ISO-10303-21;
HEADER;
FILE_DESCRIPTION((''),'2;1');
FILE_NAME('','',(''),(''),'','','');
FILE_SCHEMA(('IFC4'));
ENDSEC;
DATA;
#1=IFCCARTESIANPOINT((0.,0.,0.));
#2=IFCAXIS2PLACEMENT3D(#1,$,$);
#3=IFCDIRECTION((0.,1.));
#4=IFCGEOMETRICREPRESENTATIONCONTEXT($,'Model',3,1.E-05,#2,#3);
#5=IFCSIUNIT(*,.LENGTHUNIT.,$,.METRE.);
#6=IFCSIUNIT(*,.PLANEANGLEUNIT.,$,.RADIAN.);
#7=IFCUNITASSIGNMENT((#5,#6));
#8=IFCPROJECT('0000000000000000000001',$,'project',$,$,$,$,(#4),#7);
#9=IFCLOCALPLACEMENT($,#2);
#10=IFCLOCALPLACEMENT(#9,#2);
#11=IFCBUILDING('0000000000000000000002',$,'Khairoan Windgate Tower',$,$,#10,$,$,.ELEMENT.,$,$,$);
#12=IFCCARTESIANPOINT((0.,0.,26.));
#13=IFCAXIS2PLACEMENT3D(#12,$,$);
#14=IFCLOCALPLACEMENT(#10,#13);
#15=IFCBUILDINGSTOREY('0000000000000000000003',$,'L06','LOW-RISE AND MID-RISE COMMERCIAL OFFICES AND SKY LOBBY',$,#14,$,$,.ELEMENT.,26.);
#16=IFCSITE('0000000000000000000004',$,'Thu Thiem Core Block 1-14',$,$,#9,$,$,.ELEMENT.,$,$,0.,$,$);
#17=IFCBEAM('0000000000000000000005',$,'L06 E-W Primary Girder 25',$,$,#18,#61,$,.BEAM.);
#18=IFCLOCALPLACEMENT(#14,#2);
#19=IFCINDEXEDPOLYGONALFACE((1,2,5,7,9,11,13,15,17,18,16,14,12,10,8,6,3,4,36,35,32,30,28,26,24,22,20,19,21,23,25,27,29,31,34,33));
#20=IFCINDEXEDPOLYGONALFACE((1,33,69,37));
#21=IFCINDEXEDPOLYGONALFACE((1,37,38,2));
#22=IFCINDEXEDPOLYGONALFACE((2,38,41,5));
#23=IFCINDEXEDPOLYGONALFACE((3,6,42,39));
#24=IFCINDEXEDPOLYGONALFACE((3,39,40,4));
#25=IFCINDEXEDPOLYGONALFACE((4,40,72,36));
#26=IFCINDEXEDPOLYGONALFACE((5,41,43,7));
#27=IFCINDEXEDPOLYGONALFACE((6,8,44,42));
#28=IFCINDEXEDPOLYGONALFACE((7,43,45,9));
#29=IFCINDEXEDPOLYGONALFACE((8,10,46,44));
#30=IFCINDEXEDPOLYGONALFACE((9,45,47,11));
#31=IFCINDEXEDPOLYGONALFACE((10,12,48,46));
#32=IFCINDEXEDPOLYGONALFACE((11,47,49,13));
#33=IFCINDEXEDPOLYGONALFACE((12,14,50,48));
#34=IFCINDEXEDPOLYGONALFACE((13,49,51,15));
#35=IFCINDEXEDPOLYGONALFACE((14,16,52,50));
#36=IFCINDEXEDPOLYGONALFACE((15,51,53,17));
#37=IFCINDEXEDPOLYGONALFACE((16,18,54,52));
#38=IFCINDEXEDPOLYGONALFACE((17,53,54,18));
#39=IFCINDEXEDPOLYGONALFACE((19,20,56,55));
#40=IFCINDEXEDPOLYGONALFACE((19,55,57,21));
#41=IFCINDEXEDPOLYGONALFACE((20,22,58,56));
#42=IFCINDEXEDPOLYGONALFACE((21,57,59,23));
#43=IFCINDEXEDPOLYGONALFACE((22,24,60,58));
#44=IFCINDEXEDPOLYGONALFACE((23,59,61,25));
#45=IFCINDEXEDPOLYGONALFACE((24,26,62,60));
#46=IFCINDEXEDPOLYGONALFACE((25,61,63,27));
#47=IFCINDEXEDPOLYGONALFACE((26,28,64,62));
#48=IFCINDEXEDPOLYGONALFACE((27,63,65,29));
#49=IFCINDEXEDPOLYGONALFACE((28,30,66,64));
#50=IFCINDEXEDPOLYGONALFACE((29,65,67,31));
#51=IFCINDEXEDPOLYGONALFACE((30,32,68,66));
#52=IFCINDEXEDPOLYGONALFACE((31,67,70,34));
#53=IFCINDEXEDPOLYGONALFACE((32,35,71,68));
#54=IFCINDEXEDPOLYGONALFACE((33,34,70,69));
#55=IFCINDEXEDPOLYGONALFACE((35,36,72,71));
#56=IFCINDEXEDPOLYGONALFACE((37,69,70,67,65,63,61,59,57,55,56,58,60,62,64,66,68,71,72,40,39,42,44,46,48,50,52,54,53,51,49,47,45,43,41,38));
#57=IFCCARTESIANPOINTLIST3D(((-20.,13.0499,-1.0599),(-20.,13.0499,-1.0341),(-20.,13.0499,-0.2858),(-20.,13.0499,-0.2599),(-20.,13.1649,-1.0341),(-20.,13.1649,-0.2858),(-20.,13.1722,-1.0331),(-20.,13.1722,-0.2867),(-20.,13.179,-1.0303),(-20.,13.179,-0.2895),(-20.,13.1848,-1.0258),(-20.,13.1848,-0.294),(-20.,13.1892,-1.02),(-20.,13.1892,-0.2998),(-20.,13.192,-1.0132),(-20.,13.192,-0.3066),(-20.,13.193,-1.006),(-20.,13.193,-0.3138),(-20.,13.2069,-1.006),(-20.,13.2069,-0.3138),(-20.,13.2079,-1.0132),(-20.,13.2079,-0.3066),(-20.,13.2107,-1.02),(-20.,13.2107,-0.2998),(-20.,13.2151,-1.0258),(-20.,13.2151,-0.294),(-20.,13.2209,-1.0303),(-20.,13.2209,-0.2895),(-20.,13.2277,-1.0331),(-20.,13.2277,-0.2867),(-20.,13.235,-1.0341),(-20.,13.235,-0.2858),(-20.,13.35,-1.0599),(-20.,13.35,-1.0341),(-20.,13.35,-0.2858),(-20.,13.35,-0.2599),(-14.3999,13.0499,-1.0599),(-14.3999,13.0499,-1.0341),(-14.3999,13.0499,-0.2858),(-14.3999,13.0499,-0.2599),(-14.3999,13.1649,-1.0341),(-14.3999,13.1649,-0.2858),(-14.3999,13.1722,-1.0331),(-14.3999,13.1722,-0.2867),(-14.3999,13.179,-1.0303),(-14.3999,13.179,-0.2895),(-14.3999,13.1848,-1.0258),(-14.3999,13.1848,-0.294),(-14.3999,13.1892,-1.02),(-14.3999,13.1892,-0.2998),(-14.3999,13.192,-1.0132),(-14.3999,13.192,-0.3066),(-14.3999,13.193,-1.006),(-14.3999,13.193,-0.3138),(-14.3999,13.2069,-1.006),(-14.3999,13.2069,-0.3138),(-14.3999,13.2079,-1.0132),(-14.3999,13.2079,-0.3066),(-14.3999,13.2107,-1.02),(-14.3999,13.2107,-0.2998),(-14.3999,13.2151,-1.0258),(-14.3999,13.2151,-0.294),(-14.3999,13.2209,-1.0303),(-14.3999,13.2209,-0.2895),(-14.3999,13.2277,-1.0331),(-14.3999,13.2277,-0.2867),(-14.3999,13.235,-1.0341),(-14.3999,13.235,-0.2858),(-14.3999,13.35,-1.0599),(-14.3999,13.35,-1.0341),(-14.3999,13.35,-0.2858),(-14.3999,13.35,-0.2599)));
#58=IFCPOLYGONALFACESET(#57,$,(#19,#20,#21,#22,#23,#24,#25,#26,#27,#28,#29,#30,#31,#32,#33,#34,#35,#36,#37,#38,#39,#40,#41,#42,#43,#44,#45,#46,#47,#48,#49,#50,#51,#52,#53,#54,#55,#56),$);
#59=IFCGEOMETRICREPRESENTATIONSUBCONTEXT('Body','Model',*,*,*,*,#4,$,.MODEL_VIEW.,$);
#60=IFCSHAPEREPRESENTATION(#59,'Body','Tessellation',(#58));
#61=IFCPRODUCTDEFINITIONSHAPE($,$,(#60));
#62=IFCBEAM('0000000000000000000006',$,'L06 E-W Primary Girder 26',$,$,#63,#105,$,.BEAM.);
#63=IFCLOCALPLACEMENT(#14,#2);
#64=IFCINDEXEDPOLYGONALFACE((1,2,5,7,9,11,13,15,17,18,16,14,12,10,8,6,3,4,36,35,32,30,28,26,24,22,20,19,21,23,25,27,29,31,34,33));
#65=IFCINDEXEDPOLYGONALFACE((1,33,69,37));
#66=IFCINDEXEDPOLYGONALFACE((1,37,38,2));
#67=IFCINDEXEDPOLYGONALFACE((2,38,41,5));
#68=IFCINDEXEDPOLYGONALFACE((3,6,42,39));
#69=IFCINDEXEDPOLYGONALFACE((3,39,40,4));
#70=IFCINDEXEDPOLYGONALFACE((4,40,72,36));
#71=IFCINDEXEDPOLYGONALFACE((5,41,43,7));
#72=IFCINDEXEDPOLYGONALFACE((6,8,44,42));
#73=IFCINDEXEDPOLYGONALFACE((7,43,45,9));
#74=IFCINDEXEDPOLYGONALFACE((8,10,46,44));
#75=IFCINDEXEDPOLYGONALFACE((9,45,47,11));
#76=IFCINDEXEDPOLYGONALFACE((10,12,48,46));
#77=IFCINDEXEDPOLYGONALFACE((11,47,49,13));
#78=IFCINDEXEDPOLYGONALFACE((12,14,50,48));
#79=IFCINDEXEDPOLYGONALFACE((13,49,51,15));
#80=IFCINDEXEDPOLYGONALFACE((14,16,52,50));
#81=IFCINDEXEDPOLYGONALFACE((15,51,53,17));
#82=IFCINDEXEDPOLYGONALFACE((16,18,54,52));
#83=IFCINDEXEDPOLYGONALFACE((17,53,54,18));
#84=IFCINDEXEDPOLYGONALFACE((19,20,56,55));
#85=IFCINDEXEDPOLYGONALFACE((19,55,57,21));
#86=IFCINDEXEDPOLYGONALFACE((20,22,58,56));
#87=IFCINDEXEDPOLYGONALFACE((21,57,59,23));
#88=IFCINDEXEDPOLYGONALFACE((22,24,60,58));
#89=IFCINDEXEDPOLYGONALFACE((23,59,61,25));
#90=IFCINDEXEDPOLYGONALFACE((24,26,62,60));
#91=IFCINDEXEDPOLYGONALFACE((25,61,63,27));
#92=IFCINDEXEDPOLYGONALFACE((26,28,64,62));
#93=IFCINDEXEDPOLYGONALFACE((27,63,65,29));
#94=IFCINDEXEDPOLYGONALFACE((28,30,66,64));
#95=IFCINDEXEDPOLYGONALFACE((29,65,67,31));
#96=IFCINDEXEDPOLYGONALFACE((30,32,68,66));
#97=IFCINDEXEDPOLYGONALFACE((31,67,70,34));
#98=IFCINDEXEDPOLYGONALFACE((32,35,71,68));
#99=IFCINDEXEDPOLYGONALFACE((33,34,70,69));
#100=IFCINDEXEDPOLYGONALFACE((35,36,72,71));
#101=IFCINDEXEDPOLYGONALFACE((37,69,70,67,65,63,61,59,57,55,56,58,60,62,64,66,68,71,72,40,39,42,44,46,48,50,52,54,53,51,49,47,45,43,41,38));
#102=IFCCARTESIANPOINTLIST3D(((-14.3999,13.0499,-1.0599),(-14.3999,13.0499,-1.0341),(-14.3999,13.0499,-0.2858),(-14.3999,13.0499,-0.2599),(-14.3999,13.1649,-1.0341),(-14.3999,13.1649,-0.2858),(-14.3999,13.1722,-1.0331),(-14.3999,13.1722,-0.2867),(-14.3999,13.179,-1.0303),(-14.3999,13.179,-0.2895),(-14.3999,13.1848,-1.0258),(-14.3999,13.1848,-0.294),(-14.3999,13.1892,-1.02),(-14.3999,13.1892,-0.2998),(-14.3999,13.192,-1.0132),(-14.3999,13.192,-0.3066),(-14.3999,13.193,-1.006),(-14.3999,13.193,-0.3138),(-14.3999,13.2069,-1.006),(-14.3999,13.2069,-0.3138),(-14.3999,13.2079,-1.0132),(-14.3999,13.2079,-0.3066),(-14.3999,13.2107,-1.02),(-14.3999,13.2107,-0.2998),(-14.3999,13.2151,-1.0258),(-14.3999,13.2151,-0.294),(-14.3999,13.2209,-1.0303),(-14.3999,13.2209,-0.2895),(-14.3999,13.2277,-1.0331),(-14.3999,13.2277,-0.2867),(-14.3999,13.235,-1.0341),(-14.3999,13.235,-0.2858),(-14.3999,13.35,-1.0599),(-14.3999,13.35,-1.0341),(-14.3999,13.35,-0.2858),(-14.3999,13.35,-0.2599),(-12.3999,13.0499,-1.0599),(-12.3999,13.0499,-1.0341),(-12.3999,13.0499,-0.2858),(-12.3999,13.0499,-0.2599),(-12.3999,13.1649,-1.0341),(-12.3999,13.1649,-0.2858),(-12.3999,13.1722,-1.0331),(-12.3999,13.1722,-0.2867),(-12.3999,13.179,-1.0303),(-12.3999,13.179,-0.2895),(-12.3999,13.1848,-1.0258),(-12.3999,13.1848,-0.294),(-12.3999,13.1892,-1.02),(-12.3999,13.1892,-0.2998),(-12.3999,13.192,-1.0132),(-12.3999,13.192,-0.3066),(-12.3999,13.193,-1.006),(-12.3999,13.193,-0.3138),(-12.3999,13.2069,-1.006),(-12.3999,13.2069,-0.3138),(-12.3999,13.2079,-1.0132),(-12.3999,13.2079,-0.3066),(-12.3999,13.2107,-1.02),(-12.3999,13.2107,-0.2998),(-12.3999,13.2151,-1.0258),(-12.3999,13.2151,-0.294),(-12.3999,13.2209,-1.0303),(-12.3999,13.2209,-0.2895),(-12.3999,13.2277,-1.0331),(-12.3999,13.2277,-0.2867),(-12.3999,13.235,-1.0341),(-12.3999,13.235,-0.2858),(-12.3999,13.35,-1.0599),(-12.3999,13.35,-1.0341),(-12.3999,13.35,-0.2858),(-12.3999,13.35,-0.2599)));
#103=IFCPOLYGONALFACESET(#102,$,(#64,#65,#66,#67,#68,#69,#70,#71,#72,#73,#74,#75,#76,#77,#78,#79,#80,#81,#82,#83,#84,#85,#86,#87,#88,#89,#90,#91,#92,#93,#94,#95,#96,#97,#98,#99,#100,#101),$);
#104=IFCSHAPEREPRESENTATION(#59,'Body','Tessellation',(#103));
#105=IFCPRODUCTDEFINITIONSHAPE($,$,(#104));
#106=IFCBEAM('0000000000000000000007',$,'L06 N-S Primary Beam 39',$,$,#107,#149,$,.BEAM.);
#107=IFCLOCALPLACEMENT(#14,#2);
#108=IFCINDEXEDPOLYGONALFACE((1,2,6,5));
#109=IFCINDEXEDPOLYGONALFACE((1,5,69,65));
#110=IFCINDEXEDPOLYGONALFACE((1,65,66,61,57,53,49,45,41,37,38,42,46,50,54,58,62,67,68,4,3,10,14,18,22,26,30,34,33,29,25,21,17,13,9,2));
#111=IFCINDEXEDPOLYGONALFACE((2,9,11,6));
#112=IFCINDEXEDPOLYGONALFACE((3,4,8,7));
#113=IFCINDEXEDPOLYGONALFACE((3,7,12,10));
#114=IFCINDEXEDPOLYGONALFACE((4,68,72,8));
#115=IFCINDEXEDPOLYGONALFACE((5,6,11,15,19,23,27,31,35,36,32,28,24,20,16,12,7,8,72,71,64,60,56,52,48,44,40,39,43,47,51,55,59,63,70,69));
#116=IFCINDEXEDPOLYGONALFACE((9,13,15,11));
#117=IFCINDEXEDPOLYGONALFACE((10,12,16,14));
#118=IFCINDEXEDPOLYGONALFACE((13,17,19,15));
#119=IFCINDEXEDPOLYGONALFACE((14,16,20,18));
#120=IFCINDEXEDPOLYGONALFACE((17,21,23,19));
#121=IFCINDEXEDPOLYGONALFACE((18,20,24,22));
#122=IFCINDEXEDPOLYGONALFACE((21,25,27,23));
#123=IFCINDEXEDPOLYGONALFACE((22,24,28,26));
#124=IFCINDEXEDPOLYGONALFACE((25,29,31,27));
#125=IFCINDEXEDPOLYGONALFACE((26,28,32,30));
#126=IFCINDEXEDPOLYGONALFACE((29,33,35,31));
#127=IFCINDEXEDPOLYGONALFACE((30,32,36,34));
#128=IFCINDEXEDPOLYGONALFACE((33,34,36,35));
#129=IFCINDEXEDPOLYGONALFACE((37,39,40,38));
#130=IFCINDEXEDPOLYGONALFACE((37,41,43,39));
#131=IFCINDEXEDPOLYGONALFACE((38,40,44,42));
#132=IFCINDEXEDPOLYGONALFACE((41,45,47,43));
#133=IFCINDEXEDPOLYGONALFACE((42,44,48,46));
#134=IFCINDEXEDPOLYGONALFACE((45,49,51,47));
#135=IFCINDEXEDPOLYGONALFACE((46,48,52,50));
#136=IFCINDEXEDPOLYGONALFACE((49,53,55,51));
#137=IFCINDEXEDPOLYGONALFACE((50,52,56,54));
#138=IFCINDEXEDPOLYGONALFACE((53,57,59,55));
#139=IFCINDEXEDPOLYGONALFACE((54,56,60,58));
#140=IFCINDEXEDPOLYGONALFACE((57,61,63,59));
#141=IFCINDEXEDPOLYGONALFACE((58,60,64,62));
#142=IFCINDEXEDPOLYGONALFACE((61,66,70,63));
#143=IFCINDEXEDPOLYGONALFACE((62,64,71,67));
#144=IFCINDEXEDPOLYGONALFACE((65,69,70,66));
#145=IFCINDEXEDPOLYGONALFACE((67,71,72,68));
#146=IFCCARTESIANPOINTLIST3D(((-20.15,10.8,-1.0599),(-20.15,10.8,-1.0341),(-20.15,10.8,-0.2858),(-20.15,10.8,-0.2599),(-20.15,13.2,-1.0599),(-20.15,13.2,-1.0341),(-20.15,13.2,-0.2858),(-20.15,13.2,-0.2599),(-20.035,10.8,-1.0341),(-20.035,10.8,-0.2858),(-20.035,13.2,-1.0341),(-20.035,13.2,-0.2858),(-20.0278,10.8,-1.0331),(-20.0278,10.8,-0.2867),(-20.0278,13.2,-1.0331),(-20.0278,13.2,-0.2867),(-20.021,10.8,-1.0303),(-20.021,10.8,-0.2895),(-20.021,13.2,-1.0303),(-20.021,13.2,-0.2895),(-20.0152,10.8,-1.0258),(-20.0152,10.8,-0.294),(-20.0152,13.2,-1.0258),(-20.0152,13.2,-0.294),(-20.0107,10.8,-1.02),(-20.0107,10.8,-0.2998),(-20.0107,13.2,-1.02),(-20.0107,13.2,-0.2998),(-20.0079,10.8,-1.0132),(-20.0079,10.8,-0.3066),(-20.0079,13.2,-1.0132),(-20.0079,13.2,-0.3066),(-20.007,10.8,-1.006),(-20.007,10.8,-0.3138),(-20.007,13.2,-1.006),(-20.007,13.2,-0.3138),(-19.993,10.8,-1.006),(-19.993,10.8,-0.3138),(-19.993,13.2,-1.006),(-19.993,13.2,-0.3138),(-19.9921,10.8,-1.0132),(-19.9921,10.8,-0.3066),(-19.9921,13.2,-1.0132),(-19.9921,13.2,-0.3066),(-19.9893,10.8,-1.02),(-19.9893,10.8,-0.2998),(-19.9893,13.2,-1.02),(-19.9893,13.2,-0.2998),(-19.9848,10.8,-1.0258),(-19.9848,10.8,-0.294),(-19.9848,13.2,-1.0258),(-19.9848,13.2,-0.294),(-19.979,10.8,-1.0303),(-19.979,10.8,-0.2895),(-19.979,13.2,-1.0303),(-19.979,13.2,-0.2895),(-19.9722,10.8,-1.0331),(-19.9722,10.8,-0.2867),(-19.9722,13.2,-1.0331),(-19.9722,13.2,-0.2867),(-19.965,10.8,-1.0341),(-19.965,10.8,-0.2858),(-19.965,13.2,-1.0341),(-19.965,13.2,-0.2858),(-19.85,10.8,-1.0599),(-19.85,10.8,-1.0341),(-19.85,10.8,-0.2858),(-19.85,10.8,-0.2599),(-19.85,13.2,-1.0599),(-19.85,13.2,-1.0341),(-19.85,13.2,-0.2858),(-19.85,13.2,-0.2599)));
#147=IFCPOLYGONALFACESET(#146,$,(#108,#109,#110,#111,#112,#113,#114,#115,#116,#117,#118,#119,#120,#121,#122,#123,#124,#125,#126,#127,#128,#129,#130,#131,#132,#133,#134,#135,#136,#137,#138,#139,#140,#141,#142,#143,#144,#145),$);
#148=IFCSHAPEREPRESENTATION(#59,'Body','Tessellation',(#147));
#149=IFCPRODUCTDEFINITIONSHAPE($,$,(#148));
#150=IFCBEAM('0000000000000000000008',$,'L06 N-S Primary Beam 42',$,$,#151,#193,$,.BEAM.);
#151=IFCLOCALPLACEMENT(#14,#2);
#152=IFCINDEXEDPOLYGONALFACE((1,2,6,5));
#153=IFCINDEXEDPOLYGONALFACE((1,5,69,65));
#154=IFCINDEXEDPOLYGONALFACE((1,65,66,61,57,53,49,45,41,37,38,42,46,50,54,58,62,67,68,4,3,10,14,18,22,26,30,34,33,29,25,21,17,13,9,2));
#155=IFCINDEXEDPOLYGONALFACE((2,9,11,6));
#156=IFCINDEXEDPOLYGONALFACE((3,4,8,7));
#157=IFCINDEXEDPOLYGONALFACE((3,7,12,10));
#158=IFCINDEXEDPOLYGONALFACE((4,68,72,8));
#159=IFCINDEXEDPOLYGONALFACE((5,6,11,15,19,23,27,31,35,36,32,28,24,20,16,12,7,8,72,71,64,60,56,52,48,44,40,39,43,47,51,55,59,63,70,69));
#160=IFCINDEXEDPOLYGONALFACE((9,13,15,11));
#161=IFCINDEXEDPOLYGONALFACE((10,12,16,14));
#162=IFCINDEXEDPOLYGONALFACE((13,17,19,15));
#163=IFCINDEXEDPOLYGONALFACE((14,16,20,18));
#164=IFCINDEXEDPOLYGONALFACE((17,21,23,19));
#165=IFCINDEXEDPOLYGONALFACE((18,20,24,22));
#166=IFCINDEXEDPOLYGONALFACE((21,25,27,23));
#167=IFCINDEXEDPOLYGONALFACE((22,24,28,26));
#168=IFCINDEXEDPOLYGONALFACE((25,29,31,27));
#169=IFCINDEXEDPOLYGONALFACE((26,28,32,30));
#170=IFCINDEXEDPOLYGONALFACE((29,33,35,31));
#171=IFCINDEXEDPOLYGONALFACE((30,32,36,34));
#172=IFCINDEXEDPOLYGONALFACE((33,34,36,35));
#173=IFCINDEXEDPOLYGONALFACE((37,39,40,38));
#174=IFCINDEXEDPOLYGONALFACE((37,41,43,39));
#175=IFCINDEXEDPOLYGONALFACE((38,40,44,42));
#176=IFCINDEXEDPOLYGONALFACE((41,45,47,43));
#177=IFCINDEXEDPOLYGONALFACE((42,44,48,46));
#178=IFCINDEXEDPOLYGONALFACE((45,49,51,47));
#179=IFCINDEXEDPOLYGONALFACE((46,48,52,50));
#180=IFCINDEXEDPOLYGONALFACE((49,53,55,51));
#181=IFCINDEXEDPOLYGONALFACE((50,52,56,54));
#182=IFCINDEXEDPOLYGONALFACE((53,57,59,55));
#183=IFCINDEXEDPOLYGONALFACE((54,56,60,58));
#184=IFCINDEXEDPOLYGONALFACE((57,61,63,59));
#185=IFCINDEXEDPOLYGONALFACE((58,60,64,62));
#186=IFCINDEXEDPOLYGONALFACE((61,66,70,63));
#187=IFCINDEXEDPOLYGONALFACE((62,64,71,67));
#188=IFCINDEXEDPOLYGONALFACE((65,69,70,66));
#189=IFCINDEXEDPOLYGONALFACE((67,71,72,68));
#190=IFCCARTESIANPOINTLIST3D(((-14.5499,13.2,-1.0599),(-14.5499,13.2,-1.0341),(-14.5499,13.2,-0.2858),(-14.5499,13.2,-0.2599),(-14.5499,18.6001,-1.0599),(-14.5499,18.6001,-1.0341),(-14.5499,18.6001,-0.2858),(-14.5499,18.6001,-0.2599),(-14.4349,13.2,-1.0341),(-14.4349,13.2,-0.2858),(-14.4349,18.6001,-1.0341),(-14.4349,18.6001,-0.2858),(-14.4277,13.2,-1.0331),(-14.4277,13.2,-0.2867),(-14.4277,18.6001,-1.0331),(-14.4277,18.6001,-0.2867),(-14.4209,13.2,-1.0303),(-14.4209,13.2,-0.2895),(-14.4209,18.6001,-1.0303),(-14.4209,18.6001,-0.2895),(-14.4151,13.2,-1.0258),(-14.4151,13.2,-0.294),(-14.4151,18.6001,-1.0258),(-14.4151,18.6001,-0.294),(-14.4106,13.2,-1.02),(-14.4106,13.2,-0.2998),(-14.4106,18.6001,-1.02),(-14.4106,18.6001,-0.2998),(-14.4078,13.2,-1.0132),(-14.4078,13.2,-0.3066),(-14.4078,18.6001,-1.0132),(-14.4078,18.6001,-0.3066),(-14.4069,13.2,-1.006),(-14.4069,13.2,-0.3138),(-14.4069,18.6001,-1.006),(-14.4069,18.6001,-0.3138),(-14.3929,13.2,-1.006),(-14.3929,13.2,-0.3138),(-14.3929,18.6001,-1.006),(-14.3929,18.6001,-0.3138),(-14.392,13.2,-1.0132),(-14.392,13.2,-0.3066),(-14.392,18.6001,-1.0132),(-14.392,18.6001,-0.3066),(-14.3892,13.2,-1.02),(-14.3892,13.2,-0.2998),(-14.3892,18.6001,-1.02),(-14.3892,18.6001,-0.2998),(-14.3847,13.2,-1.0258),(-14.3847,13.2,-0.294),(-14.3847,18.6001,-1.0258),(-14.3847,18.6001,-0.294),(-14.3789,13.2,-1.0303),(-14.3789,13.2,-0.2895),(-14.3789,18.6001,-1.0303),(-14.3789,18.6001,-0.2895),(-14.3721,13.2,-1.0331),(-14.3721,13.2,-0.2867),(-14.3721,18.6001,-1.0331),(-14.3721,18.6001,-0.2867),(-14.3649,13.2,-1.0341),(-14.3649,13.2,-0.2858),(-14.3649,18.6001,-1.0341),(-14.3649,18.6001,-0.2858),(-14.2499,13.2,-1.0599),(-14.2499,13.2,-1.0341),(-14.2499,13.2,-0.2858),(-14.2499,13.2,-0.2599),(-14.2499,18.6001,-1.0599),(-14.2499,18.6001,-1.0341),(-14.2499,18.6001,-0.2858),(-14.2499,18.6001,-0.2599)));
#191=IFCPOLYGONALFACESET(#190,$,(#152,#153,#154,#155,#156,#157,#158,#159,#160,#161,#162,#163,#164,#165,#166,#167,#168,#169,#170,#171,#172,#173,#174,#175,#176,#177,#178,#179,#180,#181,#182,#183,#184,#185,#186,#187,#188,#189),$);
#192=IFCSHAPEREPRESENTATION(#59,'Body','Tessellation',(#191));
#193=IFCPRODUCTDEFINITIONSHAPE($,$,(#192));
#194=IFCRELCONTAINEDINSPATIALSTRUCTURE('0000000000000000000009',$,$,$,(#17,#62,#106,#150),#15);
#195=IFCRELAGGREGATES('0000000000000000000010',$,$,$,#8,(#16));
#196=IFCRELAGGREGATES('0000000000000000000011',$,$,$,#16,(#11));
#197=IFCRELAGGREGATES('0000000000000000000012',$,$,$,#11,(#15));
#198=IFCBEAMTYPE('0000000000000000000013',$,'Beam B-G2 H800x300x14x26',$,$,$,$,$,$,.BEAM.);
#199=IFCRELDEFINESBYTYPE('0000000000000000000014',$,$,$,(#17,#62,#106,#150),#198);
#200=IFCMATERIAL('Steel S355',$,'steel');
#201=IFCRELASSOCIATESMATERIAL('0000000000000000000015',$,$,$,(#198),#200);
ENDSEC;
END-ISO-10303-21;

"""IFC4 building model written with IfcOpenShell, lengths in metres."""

from ifc_helpers import new_model, si_unit, direction, frame, origin, origin_2d, place, context, subcontext, project, spatial, i_section, extrude, material, material_profile, profile_set, type_object, element, save


model = new_model("IFC4")

# Units and contexts
model_context = context("Model", 3, precision=1e-05, world=origin(), true_north=direction((0.0, 1.0)))
body_context = subcontext(model_context, "Body", "Model", "MODEL_VIEW")
ifc_project = project(units=[si_unit("LENGTHUNIT", "METRE"), si_unit("PLANEANGLEUNIT", "RADIAN")], contexts=[model_context])

# Site, building, storey
site_placement = place(None, origin())
site = spatial("IfcSite", under=ifc_project, at=site_placement, Name="Thu Thiem Core Block 1-14", CompositionType="ELEMENT", RefElevation=0.0)
building_placement = place(site_placement, origin())
building = spatial("IfcBuilding", under=site, at=building_placement, Name="Khairoan Windgate Tower", CompositionType="ELEMENT")
storey_placement = place(building_placement, frame((0.0, 0.0, 26.0)))
storey = spatial("IfcBuildingStorey", under=building, at=storey_placement, Name="L06", Description="LOW-RISE AND MID-RISE COMMERCIAL OFFICES AND SKY LOBBY", CompositionType="ELEMENT", Elevation=26.0)

# Beams
ifc_material_1 = material(Name="Steel S355", Category="steel")
ifc_material_profile_1 = material_profile(ifc_material_1, i_section(OverallWidth=0.3, OverallDepth=0.8, WebThickness=0.0139, FlangeThickness=0.0259, FilletRadius=0.0281, at=origin_2d()))
ifc_profile_set_1 = profile_set([ifc_material_profile_1], Name="Steel S355")
beam_type_1 = type_object("IfcBeamType", Name="Beam B-G2 H800x300x14x26", PredefinedType="BEAM", material=ifc_profile_set_1)
beam_1_placement = place(storey_placement, frame((-20.0, 13.2, -0.6599), z_axis=(1.0, 0.0, 0.0), x_axis=(0.0, 1.0, 0.0)))
element("IfcBeam", 1, at=beam_1_placement, inside=storey, type_object=beam_type_1, Name="L06 E-W Primary Girder 25", PredefinedType="BEAM", context=body_context, shape_type="SweptSolid", body=[
    extrude(i_section(OverallWidth=0.3, OverallDepth=0.8, WebThickness=0.0139, FlangeThickness=0.0259, FilletRadius=0.0281, at=origin_2d()), origin(), (0.0, 0.0, 1.0), 5.6001),
])
beam_2_placement = place(storey_placement, frame((-14.3999, 13.2, -0.6599), z_axis=(1.0, 0.0, 0.0), x_axis=(0.0, 1.0, 0.0)))
element("IfcBeam", 2, at=beam_2_placement, inside=storey, type_object=beam_type_1, Name="L06 E-W Primary Girder 26", PredefinedType="BEAM", context=body_context, shape_type="SweptSolid", body=[
    extrude(i_section(OverallWidth=0.3, OverallDepth=0.8, WebThickness=0.0139, FlangeThickness=0.0259, FilletRadius=0.0281, at=origin_2d()), origin(), (0.0, 0.0, 1.0), 2.0),
])
beam_3_placement = place(storey_placement, frame((-20.0, 10.8, -0.6599), z_axis=(0.0, 1.0, 0.0), x_axis=(-1.0, 0.0, 0.0)))
element("IfcBeam", 3, at=beam_3_placement, inside=storey, type_object=beam_type_1, Name="L06 N-S Primary Beam 39", PredefinedType="BEAM", context=body_context, shape_type="SweptSolid", body=[
    extrude(i_section(OverallWidth=0.3, OverallDepth=0.8, WebThickness=0.0139, FlangeThickness=0.0259, FilletRadius=0.0281, at=origin_2d()), origin(), (0.0, 0.0, 1.0), 2.3999),
])
beam_4_placement = place(storey_placement, frame((-14.3999, 13.2, -0.6599), z_axis=(0.0, 1.0, 0.0), x_axis=(-1.0, 0.0, 0.0)))
element("IfcBeam", 4, at=beam_4_placement, inside=storey, type_object=beam_type_1, Name="L06 N-S Primary Beam 42", PredefinedType="BEAM", context=body_context, shape_type="SweptSolid", body=[
    extrude(i_section(OverallWidth=0.3, OverallDepth=0.8, WebThickness=0.0139, FlangeThickness=0.0259, FilletRadius=0.0281, at=origin_2d()), origin(), (0.0, 0.0, 1.0), 5.4001),
])

save(model, "model.ifc")
